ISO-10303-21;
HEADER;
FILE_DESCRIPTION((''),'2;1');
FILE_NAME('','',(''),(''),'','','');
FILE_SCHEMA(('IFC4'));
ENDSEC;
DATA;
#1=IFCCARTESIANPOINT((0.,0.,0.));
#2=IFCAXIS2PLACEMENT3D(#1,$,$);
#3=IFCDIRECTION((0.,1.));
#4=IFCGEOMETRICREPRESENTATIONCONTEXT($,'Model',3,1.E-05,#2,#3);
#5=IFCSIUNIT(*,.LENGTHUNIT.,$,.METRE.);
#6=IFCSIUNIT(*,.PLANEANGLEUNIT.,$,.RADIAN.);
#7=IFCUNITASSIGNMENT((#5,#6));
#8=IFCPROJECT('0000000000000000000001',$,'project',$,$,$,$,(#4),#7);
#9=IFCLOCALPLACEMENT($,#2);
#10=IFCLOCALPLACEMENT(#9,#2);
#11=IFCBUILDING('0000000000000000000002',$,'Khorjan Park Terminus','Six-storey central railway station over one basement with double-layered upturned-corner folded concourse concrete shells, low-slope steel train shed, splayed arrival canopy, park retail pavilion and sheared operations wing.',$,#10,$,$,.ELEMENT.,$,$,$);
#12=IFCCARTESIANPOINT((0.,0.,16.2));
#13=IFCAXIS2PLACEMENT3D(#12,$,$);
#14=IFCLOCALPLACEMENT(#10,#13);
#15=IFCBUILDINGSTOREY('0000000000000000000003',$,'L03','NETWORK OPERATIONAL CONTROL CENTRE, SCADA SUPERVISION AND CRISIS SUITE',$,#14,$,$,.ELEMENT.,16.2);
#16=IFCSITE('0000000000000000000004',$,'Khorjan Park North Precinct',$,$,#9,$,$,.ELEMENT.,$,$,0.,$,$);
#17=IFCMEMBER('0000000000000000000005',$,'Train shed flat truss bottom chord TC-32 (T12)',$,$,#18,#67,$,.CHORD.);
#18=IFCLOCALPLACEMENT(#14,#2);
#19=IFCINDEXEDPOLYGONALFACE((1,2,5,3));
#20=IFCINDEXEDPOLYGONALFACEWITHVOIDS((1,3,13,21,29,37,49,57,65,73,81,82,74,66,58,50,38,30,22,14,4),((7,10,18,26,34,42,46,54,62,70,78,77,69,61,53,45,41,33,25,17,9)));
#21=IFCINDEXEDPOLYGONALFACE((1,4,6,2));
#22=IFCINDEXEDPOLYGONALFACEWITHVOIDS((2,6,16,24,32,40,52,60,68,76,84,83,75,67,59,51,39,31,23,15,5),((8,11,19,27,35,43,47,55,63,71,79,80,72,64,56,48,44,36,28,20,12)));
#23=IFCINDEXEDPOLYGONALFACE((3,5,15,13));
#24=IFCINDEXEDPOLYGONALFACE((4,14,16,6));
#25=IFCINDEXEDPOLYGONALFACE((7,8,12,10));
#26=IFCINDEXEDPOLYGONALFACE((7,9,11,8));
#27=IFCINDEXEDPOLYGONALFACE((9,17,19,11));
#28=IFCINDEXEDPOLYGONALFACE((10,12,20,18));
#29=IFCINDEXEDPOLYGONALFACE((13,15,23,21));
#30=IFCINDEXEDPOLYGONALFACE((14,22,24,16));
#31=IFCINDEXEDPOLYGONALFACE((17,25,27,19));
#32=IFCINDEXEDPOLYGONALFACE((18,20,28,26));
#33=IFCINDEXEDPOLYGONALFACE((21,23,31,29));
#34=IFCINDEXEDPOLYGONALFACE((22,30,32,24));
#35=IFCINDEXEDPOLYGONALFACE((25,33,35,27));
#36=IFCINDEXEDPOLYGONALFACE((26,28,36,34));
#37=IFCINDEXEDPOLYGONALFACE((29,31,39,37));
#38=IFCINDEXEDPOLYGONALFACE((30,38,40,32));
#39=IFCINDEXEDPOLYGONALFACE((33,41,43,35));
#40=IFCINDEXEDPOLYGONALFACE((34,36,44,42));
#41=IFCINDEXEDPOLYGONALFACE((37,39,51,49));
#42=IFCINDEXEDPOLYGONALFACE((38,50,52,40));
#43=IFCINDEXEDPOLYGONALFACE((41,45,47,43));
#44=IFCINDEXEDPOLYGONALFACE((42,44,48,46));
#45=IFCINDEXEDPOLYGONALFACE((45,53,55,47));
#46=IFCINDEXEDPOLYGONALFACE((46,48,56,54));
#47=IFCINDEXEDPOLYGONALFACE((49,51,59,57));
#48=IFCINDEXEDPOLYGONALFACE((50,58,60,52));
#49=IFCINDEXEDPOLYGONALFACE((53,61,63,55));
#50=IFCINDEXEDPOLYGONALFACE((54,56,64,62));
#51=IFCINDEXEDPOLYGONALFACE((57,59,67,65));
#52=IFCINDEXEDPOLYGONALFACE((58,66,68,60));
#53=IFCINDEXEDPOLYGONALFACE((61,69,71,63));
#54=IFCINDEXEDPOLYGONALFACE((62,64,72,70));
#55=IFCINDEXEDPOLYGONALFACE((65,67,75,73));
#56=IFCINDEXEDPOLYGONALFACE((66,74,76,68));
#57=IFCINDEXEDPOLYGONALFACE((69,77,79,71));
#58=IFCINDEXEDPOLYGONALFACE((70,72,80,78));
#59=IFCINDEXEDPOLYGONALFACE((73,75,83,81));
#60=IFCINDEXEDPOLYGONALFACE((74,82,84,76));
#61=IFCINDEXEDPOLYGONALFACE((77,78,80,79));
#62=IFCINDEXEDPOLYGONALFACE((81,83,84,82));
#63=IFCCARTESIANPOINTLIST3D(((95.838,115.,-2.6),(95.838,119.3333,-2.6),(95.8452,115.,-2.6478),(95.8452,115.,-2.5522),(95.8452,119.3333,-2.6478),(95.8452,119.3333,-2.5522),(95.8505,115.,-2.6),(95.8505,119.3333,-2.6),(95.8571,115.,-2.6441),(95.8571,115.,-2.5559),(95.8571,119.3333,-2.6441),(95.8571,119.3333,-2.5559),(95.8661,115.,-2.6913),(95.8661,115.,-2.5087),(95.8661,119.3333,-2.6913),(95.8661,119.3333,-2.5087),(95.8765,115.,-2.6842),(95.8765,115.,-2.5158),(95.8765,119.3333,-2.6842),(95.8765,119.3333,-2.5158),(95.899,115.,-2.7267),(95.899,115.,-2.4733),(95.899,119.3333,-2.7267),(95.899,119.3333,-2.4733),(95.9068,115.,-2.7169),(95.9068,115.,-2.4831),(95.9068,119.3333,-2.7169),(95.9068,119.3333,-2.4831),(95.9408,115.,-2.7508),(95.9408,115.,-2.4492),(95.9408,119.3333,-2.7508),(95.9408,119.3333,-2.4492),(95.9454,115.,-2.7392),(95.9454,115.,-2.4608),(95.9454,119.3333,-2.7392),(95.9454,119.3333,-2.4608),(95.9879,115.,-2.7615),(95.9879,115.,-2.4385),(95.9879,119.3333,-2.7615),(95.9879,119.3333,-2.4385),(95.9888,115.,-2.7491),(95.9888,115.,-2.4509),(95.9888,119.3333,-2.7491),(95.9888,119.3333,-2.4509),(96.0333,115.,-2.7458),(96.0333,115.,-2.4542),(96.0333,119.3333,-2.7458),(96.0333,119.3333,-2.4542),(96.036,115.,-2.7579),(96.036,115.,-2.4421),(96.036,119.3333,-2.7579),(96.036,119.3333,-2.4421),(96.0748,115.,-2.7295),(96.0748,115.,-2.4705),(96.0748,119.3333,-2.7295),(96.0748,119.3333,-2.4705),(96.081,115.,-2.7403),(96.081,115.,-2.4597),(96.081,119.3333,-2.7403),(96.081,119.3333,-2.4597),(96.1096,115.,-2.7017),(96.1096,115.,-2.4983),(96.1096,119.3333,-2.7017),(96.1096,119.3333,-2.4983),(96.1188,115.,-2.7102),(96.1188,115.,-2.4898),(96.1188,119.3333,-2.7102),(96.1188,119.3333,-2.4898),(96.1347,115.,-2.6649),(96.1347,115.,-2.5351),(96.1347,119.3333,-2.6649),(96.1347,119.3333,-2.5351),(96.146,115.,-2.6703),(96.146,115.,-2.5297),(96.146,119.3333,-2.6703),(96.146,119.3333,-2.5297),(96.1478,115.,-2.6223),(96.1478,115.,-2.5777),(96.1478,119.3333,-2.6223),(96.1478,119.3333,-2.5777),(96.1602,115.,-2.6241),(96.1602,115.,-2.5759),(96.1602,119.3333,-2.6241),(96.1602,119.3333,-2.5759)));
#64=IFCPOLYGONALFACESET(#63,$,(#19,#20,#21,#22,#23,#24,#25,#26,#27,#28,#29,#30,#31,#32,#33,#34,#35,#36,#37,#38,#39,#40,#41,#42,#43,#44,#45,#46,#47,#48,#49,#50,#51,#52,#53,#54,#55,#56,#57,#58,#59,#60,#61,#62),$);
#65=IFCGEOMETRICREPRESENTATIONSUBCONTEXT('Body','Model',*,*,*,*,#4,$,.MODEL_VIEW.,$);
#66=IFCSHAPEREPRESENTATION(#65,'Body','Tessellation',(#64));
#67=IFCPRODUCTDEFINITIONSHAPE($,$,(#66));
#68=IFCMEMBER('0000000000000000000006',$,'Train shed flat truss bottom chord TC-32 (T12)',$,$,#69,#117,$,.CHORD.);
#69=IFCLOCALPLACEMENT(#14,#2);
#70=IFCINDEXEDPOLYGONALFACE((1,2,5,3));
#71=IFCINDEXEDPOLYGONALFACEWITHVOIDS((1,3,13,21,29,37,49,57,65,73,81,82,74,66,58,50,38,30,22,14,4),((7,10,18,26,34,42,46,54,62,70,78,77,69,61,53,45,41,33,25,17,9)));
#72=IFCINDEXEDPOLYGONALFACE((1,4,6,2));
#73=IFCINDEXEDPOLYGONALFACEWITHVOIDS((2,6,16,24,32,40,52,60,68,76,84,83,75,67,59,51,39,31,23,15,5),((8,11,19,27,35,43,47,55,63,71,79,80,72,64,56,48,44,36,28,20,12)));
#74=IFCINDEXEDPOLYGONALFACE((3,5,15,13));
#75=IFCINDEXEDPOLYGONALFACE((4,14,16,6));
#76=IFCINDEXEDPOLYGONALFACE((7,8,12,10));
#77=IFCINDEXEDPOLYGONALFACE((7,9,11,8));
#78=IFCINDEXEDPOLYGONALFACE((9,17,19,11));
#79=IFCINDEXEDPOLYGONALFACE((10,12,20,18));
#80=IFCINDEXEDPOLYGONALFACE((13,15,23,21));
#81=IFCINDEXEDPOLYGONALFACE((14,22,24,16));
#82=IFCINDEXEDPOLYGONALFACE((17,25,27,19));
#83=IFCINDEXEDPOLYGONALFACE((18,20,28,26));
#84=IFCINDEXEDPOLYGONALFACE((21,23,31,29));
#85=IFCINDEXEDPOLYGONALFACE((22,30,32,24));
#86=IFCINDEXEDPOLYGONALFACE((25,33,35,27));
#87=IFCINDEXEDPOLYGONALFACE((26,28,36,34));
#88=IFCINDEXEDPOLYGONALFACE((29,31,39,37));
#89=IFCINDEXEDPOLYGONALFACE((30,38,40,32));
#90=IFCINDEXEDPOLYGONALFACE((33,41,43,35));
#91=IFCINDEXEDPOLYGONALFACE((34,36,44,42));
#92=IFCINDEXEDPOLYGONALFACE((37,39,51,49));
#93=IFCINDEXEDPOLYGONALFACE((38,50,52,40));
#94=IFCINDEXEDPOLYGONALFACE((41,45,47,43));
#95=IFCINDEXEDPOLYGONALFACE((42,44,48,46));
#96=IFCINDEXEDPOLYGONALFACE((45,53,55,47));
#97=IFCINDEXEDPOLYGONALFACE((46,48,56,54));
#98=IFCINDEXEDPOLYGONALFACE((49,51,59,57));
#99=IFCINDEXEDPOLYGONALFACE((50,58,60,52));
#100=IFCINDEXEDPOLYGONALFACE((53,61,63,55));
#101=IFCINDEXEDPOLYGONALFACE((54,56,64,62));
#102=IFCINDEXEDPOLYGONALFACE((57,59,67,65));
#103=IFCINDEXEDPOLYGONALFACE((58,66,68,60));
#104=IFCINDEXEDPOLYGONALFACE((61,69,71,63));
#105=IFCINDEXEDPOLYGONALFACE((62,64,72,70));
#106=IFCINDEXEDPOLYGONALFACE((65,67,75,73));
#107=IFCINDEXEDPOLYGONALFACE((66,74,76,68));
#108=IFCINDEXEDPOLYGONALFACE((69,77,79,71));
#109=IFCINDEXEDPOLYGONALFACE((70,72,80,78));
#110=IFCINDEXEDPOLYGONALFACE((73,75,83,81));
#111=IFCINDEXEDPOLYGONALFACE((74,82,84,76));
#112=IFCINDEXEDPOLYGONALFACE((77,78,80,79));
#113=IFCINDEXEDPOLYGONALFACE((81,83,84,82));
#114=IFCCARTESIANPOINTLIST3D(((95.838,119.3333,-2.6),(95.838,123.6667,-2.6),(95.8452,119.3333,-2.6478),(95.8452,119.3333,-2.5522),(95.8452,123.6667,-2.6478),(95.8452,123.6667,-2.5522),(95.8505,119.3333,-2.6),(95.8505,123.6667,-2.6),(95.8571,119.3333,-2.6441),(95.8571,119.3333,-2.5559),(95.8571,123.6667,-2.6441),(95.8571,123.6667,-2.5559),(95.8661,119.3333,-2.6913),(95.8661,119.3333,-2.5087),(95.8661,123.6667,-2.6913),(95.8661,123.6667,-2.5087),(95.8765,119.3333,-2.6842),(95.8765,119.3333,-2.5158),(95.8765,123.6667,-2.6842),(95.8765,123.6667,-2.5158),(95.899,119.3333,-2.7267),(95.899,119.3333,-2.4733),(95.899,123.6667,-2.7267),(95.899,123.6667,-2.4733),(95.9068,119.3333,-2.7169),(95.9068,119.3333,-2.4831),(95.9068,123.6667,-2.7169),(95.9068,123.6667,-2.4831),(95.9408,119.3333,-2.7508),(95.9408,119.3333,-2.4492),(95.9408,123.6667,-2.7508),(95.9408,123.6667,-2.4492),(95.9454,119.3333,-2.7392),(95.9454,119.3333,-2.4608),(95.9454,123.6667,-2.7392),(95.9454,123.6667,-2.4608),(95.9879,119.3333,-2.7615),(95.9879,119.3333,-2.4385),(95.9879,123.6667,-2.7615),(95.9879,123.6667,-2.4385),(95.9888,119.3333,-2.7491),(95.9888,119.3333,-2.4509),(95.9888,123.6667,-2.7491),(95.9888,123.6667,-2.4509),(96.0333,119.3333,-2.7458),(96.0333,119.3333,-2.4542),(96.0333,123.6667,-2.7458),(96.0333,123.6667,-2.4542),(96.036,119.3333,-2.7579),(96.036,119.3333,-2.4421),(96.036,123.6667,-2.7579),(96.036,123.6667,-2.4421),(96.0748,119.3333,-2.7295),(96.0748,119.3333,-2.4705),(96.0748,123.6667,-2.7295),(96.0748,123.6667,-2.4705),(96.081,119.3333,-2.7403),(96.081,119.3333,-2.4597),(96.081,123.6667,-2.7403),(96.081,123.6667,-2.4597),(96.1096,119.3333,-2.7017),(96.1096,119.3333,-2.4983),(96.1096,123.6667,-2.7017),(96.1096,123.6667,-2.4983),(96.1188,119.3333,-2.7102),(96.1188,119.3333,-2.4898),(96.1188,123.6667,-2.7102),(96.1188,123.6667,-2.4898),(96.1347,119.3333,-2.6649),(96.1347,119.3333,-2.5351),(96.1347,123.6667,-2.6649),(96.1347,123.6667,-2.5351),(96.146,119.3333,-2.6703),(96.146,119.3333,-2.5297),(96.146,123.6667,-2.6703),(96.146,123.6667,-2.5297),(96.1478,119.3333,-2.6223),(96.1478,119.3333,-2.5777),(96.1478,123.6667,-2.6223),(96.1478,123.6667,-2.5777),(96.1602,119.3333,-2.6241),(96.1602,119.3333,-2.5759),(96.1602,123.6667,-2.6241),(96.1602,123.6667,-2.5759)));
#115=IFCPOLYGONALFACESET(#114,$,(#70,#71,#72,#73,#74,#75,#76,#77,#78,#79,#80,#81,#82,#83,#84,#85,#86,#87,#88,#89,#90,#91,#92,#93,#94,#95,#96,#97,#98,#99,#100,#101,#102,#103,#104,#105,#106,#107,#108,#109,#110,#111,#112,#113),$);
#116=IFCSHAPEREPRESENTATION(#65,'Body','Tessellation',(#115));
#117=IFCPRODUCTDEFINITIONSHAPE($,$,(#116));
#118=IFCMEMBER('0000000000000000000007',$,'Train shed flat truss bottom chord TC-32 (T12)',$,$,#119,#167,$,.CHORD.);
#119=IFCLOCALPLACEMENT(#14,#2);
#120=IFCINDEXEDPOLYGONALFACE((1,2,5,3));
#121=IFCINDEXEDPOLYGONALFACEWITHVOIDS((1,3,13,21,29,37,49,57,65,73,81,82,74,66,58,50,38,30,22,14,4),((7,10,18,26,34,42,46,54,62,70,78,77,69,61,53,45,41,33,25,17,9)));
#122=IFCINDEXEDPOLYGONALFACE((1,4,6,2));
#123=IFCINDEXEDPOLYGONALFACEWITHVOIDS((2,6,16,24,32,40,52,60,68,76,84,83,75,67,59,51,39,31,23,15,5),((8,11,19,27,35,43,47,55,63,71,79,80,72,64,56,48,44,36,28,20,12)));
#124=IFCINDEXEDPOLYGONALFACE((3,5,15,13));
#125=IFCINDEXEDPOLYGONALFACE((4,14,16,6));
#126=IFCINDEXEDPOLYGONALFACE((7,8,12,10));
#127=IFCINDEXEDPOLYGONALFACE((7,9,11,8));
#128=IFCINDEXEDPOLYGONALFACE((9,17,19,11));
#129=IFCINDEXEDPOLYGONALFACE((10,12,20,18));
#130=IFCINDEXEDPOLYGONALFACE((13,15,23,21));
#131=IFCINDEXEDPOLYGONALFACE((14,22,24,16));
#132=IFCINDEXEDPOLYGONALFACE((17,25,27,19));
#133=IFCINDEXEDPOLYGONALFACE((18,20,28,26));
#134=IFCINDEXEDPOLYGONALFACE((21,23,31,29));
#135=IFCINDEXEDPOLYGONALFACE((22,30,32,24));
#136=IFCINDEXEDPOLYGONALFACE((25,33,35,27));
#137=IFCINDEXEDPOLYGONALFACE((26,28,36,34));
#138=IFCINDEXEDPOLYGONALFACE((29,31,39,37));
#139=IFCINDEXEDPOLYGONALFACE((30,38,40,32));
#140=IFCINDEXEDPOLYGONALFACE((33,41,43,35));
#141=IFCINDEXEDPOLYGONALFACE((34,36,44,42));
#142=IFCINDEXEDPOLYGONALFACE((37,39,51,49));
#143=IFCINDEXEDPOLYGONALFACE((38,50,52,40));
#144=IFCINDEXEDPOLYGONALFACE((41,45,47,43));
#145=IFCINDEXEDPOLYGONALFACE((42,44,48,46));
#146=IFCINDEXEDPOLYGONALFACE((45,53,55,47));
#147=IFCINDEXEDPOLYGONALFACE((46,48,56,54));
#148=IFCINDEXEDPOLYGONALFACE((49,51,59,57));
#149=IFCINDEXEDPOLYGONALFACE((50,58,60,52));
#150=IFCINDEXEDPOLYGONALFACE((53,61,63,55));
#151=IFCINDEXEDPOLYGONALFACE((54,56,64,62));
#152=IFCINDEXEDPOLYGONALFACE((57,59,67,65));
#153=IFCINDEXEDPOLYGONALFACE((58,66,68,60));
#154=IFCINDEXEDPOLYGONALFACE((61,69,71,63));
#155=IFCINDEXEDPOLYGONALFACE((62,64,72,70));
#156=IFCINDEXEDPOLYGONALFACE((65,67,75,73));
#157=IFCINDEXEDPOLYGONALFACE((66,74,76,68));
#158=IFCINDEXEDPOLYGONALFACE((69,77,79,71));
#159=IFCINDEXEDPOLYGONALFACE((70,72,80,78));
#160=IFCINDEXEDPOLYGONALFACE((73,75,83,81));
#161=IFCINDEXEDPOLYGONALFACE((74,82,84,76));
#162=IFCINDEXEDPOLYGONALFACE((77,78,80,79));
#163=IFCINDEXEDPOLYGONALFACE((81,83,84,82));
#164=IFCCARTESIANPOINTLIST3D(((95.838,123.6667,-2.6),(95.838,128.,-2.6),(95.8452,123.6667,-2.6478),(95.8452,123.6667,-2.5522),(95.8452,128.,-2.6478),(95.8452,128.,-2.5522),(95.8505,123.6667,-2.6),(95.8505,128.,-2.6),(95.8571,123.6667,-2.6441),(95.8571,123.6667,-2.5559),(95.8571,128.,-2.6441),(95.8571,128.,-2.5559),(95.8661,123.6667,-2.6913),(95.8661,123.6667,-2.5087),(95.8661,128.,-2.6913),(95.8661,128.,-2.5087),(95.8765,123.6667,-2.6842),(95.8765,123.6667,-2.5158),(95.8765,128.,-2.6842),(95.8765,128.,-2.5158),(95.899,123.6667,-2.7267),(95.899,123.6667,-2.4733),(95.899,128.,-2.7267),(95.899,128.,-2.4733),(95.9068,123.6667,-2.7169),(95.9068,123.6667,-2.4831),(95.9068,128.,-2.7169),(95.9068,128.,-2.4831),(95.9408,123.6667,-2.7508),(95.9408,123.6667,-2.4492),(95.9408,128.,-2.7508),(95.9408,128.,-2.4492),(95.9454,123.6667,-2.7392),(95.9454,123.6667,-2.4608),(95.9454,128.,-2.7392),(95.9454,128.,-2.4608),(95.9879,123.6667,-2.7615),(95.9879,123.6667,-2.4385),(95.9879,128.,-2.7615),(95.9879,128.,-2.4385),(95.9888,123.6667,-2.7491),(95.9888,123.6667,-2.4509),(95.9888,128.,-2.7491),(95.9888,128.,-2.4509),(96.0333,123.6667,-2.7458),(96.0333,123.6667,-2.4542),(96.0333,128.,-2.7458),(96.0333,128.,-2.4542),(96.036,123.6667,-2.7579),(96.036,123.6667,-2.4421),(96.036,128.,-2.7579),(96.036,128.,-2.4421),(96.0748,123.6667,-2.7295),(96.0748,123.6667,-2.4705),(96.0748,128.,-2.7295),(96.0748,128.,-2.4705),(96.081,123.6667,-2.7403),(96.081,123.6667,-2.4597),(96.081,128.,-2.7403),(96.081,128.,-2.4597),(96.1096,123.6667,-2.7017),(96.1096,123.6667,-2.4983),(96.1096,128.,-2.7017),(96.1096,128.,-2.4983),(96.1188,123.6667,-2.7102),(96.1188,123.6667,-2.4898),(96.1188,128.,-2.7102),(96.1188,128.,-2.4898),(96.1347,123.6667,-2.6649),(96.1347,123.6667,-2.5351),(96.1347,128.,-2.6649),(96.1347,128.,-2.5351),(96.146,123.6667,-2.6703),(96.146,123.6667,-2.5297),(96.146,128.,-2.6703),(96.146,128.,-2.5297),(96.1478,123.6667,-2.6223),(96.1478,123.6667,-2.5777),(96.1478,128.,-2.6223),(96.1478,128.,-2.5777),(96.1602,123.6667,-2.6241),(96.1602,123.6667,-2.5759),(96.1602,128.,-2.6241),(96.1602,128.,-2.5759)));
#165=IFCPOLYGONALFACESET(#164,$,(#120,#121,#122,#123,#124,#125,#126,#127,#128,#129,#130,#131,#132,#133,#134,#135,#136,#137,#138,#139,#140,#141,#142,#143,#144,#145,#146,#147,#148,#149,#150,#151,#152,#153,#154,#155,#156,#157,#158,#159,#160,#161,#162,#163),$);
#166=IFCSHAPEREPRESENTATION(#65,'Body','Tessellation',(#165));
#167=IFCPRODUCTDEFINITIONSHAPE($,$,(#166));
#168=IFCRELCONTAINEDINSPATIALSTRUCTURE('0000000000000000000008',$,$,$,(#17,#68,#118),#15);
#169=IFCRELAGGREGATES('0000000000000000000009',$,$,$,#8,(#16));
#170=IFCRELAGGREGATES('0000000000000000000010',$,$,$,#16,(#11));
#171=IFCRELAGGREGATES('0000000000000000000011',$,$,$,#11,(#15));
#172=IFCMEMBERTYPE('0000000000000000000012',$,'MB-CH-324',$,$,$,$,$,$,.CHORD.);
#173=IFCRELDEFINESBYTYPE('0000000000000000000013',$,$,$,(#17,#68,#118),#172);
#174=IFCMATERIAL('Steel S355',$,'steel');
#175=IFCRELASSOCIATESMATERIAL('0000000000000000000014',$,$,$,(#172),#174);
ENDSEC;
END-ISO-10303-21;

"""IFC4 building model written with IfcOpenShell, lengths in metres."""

from ifc_helpers import new_model, si_unit, direction, frame, origin, origin_2d, place, context, subcontext, project, spatial, hollow_circle, extrude, material, material_profile, profile_set, type_object, element, save


model = new_model("IFC4")

# Units and contexts
model_context = context("Model", 3, precision=1e-05, world=origin(), true_north=direction((0.0, 1.0)))
body_context = subcontext(model_context, "Body", "Model", "MODEL_VIEW")
ifc_project = project(units=[si_unit("LENGTHUNIT", "METRE"), si_unit("PLANEANGLEUNIT", "RADIAN")], contexts=[model_context])

# Site, building, storey
site_placement = place(None, origin())
site = spatial("IfcSite", under=ifc_project, at=site_placement, Name="Khorjan Park North Precinct", CompositionType="ELEMENT", RefElevation=0.0)
building_placement = place(site_placement, origin())
building = spatial("IfcBuilding", under=site, at=building_placement, Name="Khorjan Park Terminus", Description="Six-storey central railway station over one basement with double-layered upturned-corner folded concourse concrete shells, low-slope steel train shed, splayed arrival canopy, park retail pavilion and sheared operations wing.", CompositionType="ELEMENT")
storey_placement = place(building_placement, frame((0.0, 0.0, 16.2)))
storey = spatial("IfcBuildingStorey", under=building, at=storey_placement, Name="L03", Description="NETWORK OPERATIONAL CONTROL CENTRE, SCADA SUPERVISION AND CRISIS SUITE", CompositionType="ELEMENT", Elevation=16.2)

# Members
ifc_material = material(Name="Steel S355", Category="steel")
ifc_material_profile_1 = material_profile(ifc_material, hollow_circle(Radius=0.162, WallThickness=0.0125, at=origin_2d()), Name="CHS 323.9x12.5")
ifc_profile_set_1 = profile_set([ifc_material_profile_1], Name="Steel S355")
member_type_1 = type_object("IfcMemberType", Name="MB-CH-324", PredefinedType="CHORD", material=ifc_profile_set_1)
member_1_placement = place(storey_placement, frame((96.0, 115.0, -2.6), z_axis=(0.0, 1.0, 0.0), x_axis=(-1.0, 0.0, 0.0)))
element("IfcMember", 1, at=member_1_placement, inside=storey, type_object=member_type_1, Name="Train shed flat truss bottom chord TC-32 (T12)", PredefinedType="CHORD", context=body_context, shape_type="SweptSolid", body=[
    extrude(hollow_circle(Radius=0.162, WallThickness=0.0125, at=origin_2d()), origin(), (0.0, 0.0, 1.0), 4.3333),
])
member_2_placement = place(storey_placement, frame((96.0, 119.3333, -2.6), z_axis=(0.0, 1.0, 0.0), x_axis=(-1.0, 0.0, 0.0)))
element("IfcMember", 2, at=member_2_placement, inside=storey, type_object=member_type_1, Name="Train shed flat truss bottom chord TC-32 (T12)", PredefinedType="CHORD", context=body_context, shape_type="SweptSolid", body=[
    extrude(hollow_circle(Radius=0.162, WallThickness=0.0125, at=origin_2d()), origin(), (0.0, 0.0, 1.0), 4.3334),
])
member_3_placement = place(storey_placement, frame((96.0, 123.6667, -2.6), z_axis=(0.0, 1.0, 0.0), x_axis=(-1.0, 0.0, 0.0)))
element("IfcMember", 3, at=member_3_placement, inside=storey, type_object=member_type_1, Name="Train shed flat truss bottom chord TC-32 (T12)", PredefinedType="CHORD", context=body_context, shape_type="SweptSolid", body=[
    extrude(hollow_circle(Radius=0.162, WallThickness=0.0125, at=origin_2d()), origin(), (0.0, 0.0, 1.0), 4.3333),
])

save(model, "model.ifc")
